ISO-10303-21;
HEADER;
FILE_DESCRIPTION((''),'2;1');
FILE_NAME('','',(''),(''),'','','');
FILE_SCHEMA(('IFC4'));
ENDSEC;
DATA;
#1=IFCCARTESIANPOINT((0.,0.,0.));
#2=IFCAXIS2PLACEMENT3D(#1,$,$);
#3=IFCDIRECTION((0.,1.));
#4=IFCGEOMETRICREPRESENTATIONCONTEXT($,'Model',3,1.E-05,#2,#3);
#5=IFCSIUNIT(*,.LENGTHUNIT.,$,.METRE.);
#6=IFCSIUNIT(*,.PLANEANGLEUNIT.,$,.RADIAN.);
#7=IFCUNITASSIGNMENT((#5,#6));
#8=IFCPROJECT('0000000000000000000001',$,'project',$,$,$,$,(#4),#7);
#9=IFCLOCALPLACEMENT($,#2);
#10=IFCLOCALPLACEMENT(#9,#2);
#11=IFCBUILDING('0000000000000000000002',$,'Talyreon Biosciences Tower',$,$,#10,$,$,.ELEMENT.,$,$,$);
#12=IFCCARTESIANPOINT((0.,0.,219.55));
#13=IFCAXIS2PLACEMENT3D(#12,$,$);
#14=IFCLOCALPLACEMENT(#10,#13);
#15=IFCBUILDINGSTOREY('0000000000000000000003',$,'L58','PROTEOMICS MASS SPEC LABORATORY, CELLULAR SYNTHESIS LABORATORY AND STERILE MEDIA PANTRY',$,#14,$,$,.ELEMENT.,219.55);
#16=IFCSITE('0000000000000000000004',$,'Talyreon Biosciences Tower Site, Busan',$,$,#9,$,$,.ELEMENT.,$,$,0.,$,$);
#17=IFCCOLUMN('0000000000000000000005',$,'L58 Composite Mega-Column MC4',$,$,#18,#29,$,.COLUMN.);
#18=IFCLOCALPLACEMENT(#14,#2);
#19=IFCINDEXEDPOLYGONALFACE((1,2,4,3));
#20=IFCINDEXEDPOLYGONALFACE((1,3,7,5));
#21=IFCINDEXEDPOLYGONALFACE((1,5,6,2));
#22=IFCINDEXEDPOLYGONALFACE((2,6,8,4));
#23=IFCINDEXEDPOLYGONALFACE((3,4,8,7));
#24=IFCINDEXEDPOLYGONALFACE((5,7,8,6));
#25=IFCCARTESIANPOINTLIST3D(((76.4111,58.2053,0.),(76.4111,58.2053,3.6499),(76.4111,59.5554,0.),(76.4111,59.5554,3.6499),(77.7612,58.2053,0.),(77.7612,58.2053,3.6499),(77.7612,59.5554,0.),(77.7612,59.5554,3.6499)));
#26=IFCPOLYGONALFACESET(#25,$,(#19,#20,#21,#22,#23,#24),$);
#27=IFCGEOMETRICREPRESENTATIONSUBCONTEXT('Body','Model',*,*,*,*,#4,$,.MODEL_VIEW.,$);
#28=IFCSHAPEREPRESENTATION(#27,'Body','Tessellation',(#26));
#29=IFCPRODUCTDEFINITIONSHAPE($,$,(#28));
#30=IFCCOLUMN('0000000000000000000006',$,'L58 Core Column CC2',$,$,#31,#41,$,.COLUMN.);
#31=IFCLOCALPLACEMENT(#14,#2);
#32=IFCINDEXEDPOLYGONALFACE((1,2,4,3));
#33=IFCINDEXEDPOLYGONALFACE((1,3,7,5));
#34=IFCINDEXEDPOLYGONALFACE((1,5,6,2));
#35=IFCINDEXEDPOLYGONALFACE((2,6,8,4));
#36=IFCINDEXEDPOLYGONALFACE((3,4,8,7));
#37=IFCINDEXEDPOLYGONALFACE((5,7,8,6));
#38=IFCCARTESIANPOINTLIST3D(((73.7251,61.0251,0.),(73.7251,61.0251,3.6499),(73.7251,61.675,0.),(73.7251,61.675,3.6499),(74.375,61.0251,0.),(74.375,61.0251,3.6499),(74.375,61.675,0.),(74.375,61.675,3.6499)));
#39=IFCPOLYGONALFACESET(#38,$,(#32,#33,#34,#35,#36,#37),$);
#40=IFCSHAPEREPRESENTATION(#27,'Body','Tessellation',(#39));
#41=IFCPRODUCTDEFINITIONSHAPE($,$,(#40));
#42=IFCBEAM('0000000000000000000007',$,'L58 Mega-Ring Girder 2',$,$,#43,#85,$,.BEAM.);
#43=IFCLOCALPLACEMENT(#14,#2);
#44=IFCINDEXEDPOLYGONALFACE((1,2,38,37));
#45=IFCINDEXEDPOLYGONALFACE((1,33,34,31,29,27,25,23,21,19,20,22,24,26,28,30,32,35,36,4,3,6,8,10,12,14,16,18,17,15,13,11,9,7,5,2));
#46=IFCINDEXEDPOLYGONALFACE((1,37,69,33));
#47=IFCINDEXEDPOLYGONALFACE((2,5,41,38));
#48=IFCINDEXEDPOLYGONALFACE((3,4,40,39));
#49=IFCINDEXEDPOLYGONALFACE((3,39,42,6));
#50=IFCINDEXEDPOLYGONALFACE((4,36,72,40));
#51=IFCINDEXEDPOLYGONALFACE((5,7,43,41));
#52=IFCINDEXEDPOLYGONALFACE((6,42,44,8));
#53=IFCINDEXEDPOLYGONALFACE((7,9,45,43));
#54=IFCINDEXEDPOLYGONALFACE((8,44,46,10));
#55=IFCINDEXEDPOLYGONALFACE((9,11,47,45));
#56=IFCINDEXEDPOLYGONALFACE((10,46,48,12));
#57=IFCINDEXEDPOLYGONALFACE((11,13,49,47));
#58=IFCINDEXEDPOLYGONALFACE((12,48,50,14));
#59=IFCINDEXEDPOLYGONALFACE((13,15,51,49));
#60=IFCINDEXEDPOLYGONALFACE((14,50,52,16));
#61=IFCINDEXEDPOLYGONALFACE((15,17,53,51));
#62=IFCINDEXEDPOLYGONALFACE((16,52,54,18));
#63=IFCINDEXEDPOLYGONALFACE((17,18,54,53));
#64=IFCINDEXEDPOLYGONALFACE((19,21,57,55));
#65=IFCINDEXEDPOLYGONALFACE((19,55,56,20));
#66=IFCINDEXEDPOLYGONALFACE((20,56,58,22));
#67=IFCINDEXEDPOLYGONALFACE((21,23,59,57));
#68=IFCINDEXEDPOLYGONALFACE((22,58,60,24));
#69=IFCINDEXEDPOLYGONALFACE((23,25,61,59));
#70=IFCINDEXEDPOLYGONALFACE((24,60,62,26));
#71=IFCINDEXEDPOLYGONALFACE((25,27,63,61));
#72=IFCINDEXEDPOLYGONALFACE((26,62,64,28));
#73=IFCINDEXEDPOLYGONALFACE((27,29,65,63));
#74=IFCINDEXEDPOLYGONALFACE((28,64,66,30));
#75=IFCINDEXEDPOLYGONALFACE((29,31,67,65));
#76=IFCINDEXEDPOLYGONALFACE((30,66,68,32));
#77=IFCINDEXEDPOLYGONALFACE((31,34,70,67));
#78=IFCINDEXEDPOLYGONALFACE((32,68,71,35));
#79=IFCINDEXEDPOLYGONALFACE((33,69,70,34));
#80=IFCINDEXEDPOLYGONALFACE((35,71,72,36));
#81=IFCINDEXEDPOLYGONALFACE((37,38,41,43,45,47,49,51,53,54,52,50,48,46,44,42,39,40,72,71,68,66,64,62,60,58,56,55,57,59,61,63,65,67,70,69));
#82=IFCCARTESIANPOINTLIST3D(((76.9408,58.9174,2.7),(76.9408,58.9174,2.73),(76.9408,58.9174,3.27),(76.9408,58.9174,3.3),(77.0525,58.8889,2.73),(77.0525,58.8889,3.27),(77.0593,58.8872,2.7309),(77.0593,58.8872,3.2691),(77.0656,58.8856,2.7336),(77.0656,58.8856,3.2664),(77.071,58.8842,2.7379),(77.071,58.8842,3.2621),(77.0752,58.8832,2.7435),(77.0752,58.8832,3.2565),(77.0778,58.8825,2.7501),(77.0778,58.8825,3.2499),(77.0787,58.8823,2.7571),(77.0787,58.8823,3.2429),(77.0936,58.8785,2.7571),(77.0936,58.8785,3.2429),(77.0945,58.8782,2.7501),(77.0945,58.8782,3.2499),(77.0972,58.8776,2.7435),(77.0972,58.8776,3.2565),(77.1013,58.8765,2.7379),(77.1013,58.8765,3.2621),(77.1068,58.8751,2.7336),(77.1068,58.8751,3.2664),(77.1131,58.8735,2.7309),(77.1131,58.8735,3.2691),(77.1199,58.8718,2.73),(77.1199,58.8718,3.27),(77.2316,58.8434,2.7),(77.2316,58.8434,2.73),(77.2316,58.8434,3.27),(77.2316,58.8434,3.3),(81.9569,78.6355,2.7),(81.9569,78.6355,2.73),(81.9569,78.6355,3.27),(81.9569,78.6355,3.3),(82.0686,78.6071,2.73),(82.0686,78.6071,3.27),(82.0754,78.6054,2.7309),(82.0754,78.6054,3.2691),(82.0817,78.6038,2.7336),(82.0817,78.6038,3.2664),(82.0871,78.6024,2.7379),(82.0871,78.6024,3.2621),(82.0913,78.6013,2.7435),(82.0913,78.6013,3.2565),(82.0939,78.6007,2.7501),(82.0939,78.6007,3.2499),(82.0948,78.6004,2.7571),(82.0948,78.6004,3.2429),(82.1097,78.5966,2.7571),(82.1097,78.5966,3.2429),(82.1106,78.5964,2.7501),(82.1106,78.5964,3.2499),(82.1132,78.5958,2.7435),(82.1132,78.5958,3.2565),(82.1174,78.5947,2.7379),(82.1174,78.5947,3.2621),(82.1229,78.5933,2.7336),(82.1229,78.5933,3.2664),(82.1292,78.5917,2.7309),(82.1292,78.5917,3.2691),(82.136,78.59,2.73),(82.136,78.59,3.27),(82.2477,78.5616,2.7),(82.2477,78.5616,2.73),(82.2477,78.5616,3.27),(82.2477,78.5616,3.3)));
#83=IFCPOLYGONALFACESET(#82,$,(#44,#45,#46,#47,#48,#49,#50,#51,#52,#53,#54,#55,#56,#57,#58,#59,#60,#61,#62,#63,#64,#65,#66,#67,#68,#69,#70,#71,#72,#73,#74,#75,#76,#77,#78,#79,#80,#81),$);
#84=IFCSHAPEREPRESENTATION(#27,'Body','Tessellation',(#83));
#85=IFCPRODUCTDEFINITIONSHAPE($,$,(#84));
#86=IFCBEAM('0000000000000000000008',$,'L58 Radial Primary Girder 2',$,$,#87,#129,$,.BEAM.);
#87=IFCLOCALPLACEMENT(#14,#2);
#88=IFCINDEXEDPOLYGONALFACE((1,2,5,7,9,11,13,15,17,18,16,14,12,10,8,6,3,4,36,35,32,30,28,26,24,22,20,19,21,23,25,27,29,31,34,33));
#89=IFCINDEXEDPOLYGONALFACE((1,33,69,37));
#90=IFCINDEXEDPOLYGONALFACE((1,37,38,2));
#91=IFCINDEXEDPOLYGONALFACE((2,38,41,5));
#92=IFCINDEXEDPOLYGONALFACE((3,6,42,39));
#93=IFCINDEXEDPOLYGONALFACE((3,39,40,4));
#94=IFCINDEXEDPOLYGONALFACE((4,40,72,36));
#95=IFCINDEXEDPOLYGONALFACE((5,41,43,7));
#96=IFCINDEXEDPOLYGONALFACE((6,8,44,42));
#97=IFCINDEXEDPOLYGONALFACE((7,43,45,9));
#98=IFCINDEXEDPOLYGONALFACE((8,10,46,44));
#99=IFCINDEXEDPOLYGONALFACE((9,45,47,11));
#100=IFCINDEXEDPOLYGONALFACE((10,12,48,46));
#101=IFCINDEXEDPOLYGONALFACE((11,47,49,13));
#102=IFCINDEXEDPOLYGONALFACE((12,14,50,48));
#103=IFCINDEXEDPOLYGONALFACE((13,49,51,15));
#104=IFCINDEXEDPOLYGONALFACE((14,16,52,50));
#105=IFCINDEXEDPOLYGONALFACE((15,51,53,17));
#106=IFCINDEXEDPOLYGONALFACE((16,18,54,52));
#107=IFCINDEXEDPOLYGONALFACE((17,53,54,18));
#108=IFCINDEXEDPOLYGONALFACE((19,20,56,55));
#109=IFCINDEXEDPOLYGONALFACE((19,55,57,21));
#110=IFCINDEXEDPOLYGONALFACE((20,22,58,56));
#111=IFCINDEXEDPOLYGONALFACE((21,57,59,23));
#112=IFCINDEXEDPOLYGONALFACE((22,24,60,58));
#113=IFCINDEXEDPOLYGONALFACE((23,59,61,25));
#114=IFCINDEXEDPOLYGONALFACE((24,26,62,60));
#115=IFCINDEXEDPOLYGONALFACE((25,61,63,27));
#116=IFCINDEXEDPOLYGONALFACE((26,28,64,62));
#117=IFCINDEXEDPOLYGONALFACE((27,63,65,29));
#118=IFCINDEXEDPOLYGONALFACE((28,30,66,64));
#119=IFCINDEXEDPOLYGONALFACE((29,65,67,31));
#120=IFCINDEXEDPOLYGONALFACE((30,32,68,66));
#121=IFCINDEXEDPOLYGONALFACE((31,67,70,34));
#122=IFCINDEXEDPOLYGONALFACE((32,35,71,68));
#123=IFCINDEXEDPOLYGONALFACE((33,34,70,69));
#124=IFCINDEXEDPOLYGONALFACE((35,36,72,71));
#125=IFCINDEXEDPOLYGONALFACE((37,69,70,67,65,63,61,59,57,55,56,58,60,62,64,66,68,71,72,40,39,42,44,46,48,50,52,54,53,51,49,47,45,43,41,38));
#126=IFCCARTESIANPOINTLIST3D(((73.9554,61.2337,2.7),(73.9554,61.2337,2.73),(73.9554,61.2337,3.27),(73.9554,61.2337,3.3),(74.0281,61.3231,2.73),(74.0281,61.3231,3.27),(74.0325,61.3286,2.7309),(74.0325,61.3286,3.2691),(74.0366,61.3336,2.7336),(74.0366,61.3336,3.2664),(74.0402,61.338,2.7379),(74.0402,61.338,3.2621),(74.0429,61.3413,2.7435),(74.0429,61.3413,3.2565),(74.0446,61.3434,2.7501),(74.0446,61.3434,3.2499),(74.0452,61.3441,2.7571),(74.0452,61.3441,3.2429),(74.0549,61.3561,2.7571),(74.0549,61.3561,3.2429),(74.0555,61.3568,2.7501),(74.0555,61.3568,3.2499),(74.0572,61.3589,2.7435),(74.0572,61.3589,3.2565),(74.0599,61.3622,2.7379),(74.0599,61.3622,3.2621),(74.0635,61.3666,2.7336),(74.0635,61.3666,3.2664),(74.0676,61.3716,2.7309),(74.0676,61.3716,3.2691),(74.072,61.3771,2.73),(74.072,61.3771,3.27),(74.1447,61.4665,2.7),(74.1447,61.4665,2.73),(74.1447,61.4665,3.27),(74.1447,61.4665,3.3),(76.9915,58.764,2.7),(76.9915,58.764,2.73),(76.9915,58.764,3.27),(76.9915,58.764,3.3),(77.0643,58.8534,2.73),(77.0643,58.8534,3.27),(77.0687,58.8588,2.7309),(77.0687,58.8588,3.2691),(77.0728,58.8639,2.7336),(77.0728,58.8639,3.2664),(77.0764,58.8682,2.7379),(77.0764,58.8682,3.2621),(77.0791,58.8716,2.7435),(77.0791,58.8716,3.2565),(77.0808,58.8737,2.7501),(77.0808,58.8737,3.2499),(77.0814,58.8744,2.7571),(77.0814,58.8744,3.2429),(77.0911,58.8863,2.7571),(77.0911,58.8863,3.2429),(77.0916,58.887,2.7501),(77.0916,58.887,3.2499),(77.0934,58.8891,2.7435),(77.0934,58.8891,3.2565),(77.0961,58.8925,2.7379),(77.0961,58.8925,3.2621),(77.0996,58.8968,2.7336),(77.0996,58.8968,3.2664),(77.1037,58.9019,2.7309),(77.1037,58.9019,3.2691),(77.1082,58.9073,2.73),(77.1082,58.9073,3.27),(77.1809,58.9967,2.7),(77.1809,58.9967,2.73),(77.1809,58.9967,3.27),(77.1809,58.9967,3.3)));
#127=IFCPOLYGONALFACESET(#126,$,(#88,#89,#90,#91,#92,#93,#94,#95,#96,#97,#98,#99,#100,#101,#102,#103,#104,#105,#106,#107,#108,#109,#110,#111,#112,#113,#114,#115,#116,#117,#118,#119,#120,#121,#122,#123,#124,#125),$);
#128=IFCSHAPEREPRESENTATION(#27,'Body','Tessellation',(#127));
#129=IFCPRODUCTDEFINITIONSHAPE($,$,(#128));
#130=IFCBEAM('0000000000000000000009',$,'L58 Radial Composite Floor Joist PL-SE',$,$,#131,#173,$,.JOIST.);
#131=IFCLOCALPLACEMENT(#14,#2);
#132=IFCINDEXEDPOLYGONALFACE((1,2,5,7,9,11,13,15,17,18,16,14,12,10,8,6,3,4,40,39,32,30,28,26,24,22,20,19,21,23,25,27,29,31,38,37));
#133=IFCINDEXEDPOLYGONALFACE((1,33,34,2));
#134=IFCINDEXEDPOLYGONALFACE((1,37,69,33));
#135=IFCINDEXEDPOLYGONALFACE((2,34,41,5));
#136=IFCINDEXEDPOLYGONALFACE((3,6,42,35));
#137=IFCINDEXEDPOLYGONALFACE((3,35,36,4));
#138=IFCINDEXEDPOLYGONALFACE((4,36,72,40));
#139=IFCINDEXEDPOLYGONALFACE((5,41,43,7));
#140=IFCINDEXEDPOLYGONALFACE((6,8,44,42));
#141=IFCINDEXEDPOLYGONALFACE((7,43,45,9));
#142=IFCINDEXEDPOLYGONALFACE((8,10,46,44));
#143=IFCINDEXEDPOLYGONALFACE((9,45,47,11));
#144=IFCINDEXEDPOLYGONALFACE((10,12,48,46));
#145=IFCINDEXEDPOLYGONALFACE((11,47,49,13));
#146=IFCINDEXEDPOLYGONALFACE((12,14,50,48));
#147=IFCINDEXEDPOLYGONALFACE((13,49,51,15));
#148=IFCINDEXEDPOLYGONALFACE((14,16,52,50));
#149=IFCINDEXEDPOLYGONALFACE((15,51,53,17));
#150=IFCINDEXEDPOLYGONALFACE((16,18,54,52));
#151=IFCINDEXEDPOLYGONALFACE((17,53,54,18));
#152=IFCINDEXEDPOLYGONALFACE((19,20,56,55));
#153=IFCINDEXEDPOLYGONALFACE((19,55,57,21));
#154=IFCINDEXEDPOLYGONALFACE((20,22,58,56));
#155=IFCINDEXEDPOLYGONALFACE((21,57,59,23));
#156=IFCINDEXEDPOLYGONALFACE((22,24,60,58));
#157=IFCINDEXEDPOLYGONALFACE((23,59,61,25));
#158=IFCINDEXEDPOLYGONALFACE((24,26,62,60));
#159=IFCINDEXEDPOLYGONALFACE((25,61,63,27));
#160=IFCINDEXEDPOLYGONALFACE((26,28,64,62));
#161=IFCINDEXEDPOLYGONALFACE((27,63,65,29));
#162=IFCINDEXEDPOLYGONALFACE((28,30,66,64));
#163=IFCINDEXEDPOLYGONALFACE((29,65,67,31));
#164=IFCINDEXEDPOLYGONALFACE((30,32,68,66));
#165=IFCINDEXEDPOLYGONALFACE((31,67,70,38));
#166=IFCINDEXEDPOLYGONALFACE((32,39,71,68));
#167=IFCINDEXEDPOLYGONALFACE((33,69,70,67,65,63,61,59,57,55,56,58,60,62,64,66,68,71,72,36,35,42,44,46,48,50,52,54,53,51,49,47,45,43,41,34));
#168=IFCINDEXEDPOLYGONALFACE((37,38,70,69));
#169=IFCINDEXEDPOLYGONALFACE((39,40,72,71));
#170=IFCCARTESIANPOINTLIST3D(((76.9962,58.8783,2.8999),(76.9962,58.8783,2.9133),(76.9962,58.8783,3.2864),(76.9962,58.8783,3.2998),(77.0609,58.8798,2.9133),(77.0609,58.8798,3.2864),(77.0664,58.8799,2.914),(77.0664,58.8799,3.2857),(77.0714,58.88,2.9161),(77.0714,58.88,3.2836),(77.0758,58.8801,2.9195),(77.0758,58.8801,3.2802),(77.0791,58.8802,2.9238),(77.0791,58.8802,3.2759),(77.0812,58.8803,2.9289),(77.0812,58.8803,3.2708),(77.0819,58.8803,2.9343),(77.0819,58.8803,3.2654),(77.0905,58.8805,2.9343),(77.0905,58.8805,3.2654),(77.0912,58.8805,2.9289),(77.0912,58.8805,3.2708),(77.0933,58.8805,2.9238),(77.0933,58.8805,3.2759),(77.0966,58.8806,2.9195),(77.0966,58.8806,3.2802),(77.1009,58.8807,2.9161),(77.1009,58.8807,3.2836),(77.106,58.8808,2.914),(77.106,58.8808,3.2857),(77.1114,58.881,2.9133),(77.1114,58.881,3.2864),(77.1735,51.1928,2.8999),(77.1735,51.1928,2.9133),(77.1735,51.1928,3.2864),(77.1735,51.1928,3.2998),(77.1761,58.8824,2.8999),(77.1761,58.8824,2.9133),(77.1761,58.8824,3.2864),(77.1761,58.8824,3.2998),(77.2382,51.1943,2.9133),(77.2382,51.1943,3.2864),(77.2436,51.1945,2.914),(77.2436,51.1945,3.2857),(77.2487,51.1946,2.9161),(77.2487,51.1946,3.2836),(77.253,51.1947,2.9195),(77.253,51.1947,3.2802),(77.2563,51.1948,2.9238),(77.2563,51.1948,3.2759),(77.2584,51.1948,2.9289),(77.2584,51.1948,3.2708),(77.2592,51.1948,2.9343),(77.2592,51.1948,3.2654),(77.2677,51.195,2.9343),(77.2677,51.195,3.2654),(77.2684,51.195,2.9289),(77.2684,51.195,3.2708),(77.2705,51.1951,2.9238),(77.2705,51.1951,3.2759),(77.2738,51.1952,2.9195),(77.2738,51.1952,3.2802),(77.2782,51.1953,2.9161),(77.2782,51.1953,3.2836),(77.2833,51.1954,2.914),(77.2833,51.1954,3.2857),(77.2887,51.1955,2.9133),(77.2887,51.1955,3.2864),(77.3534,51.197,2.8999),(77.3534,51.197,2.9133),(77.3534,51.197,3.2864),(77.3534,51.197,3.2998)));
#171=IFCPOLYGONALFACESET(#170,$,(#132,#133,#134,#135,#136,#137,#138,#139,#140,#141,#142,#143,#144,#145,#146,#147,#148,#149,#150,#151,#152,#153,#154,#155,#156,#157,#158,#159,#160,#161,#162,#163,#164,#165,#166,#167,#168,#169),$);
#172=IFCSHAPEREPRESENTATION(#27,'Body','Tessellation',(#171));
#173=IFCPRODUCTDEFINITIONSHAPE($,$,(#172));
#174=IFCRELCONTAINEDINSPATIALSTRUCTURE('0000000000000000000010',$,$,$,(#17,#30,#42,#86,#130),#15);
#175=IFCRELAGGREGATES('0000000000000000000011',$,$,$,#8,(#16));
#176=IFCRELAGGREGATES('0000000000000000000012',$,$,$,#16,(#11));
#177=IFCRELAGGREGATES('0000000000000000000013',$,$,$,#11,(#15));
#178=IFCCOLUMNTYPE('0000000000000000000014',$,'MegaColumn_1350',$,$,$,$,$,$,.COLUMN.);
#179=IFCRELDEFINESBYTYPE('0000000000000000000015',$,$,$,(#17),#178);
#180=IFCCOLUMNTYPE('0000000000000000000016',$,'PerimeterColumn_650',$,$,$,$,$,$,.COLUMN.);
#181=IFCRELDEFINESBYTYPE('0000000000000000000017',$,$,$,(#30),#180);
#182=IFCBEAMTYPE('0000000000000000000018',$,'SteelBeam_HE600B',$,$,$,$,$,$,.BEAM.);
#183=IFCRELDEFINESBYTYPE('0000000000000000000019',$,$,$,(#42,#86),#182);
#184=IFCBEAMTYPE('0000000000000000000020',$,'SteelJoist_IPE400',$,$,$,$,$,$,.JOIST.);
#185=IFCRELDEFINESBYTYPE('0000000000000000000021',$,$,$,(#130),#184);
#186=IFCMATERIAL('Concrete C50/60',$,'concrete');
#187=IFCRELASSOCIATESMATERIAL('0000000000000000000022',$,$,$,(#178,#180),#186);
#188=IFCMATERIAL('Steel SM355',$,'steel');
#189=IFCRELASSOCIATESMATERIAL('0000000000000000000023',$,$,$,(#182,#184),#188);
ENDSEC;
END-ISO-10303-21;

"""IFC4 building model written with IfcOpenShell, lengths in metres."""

from ifc_helpers import new_model, si_unit, direction, frame, origin, origin_2d, place, context, subcontext, project, spatial, rectangle, i_section, extrude, material, material_profile, profile_set, type_object, element, save


model = new_model("IFC4")

# Units and contexts
model_context = context("Model", 3, precision=1e-05, world=origin(), true_north=direction((0.0, 1.0)))
body_context = subcontext(model_context, "Body", "Model", "MODEL_VIEW")
ifc_project = project(units=[si_unit("LENGTHUNIT", "METRE"), si_unit("PLANEANGLEUNIT", "RADIAN")], contexts=[model_context])

# Site, building, storey
site_placement = place(None, origin())
site = spatial("IfcSite", under=ifc_project, at=site_placement, Name="Talyreon Biosciences Tower Site, Busan", CompositionType="ELEMENT", RefElevation=0.0)
building_placement = place(site_placement, origin())
building = spatial("IfcBuilding", under=site, at=building_placement, Name="Talyreon Biosciences Tower", CompositionType="ELEMENT")
storey_placement = place(building_placement, frame((0.0, 0.0, 219.55)))
storey = spatial("IfcBuildingStorey", under=building, at=storey_placement, Name="L58", Description="PROTEOMICS MASS SPEC LABORATORY, CELLULAR SYNTHESIS LABORATORY AND STERILE MEDIA PANTRY", CompositionType="ELEMENT", Elevation=219.55)

# Columns
ifc_material_1 = material(Name="Concrete C50/60", Category="concrete")
ifc_material_profile_1 = material_profile(ifc_material_1, rectangle(XDim=1.3501, YDim=1.3501, at=origin_2d()), Name="RC 1350x1350")
ifc_profile_set_1 = profile_set([ifc_material_profile_1], Name="Concrete C50/60")
column_type_1 = type_object("IfcColumnType", Name="MegaColumn_1350", PredefinedType="COLUMN", material=ifc_profile_set_1)
column_1_placement = place(storey_placement, frame((77.0862, 58.8804, 0.0), z_axis=(0.0, 0.0, 1.0), x_axis=(1.0, 0.0, 0.0)))
element("IfcColumn", 1, at=column_1_placement, inside=storey, type_object=column_type_1, Name="L58 Composite Mega-Column MC4", PredefinedType="COLUMN", context=body_context, shape_type="SweptSolid", body=[
    extrude(rectangle(XDim=1.3501, YDim=1.3501, at=origin_2d()), origin(), (0.0, 0.0, 1.0), 3.6499),
])
ifc_material_profile_2 = material_profile(ifc_material_1, rectangle(XDim=0.6499, YDim=0.6499, at=origin_2d()), Name="RC 650x650")
ifc_profile_set_2 = profile_set([ifc_material_profile_2], Name="Concrete C50/60")
column_type_2 = type_object("IfcColumnType", Name="PerimeterColumn_650", PredefinedType="COLUMN", material=ifc_profile_set_2)
column_2_placement = place(storey_placement, frame((74.05, 61.3501, 0.0), z_axis=(0.0, 0.0, 1.0), x_axis=(1.0, 0.0, 0.0)))
element("IfcColumn", 2, at=column_2_placement, inside=storey, type_object=column_type_2, Name="L58 Core Column CC2", PredefinedType="COLUMN", context=body_context, shape_type="SweptSolid", body=[
    extrude(rectangle(XDim=0.6499, YDim=0.6499, at=origin_2d()), origin(), (0.0, 0.0, 1.0), 3.6499),
])

# Beams
ifc_material_2 = material(Name="Steel SM355", Category="steel")
ifc_material_profile_3 = material_profile(ifc_material_2, i_section(OverallWidth=0.3, OverallDepth=0.6001, WebThickness=0.0154, FlangeThickness=0.03, FilletRadius=0.0271, at=origin_2d()), Name="HE600B")
ifc_profile_set_3 = profile_set([ifc_material_profile_3], Name="Steel SM355")
beam_type_1 = type_object("IfcBeamType", Name="SteelBeam_HE600B", PredefinedType="BEAM", material=ifc_profile_set_3)
beam_1_placement = place(storey_placement, frame((77.0862, 58.8804, 3.0), z_axis=(0.246537, 0.969133, 0.0), x_axis=(-0.969133, 0.246537, 0.0)))
element("IfcBeam", 3, at=beam_1_placement, inside=storey, type_object=beam_type_1, Name="L58 Mega-Ring Girder 2", PredefinedType="BEAM", context=body_context, shape_type="SweptSolid", body=[
    extrude(i_section(OverallWidth=0.3, OverallDepth=0.6001, WebThickness=0.0154, FlangeThickness=0.03, FilletRadius=0.0271, at=origin_2d()), origin(), (0.0, 0.0, 1.0), 20.3462),
])
beam_2_placement = place(storey_placement, frame((74.05, 61.3501, 3.0), z_axis=(0.775755, -0.631034, 0.0), x_axis=(0.631034, 0.775755, 0.0)))
element("IfcBeam", 4, at=beam_2_placement, inside=storey, type_object=beam_type_1, Name="L58 Radial Primary Girder 2", PredefinedType="BEAM", context=body_context, shape_type="SweptSolid", body=[
    extrude(i_section(OverallWidth=0.3, OverallDepth=0.6001, WebThickness=0.0154, FlangeThickness=0.03, FilletRadius=0.0271, at=origin_2d()), origin(), (0.0, 0.0, 1.0), 3.9138),
])
ifc_material_profile_4 = material_profile(ifc_material_2, i_section(OverallWidth=0.1799, OverallDepth=0.3999, WebThickness=0.0085, FlangeThickness=0.0134, FilletRadius=0.021, at=origin_2d()), Name="IPE400")
ifc_profile_set_4 = profile_set([ifc_material_profile_4], Name="Steel SM355")
beam_type_2 = type_object("IfcBeamType", Name="SteelJoist_IPE400", PredefinedType="JOIST", material=ifc_profile_set_4)
beam_3_placement = place(storey_placement, frame((77.0862, 58.8804, 3.0999), z_axis=(0.023056, -0.999734, 0.0), x_axis=(0.999734, 0.023056, 0.0)))
element("IfcBeam", 5, at=beam_3_placement, inside=storey, type_object=beam_type_2, Name="L58 Radial Composite Floor Joist PL-SE", PredefinedType="JOIST", context=body_context, shape_type="SweptSolid", body=[
    extrude(i_section(OverallWidth=0.1799, OverallDepth=0.3999, WebThickness=0.0085, FlangeThickness=0.0134, FilletRadius=0.021, at=origin_2d()), origin(), (0.0, 0.0, 1.0), 7.6875),
])

save(model, "model.ifc")
